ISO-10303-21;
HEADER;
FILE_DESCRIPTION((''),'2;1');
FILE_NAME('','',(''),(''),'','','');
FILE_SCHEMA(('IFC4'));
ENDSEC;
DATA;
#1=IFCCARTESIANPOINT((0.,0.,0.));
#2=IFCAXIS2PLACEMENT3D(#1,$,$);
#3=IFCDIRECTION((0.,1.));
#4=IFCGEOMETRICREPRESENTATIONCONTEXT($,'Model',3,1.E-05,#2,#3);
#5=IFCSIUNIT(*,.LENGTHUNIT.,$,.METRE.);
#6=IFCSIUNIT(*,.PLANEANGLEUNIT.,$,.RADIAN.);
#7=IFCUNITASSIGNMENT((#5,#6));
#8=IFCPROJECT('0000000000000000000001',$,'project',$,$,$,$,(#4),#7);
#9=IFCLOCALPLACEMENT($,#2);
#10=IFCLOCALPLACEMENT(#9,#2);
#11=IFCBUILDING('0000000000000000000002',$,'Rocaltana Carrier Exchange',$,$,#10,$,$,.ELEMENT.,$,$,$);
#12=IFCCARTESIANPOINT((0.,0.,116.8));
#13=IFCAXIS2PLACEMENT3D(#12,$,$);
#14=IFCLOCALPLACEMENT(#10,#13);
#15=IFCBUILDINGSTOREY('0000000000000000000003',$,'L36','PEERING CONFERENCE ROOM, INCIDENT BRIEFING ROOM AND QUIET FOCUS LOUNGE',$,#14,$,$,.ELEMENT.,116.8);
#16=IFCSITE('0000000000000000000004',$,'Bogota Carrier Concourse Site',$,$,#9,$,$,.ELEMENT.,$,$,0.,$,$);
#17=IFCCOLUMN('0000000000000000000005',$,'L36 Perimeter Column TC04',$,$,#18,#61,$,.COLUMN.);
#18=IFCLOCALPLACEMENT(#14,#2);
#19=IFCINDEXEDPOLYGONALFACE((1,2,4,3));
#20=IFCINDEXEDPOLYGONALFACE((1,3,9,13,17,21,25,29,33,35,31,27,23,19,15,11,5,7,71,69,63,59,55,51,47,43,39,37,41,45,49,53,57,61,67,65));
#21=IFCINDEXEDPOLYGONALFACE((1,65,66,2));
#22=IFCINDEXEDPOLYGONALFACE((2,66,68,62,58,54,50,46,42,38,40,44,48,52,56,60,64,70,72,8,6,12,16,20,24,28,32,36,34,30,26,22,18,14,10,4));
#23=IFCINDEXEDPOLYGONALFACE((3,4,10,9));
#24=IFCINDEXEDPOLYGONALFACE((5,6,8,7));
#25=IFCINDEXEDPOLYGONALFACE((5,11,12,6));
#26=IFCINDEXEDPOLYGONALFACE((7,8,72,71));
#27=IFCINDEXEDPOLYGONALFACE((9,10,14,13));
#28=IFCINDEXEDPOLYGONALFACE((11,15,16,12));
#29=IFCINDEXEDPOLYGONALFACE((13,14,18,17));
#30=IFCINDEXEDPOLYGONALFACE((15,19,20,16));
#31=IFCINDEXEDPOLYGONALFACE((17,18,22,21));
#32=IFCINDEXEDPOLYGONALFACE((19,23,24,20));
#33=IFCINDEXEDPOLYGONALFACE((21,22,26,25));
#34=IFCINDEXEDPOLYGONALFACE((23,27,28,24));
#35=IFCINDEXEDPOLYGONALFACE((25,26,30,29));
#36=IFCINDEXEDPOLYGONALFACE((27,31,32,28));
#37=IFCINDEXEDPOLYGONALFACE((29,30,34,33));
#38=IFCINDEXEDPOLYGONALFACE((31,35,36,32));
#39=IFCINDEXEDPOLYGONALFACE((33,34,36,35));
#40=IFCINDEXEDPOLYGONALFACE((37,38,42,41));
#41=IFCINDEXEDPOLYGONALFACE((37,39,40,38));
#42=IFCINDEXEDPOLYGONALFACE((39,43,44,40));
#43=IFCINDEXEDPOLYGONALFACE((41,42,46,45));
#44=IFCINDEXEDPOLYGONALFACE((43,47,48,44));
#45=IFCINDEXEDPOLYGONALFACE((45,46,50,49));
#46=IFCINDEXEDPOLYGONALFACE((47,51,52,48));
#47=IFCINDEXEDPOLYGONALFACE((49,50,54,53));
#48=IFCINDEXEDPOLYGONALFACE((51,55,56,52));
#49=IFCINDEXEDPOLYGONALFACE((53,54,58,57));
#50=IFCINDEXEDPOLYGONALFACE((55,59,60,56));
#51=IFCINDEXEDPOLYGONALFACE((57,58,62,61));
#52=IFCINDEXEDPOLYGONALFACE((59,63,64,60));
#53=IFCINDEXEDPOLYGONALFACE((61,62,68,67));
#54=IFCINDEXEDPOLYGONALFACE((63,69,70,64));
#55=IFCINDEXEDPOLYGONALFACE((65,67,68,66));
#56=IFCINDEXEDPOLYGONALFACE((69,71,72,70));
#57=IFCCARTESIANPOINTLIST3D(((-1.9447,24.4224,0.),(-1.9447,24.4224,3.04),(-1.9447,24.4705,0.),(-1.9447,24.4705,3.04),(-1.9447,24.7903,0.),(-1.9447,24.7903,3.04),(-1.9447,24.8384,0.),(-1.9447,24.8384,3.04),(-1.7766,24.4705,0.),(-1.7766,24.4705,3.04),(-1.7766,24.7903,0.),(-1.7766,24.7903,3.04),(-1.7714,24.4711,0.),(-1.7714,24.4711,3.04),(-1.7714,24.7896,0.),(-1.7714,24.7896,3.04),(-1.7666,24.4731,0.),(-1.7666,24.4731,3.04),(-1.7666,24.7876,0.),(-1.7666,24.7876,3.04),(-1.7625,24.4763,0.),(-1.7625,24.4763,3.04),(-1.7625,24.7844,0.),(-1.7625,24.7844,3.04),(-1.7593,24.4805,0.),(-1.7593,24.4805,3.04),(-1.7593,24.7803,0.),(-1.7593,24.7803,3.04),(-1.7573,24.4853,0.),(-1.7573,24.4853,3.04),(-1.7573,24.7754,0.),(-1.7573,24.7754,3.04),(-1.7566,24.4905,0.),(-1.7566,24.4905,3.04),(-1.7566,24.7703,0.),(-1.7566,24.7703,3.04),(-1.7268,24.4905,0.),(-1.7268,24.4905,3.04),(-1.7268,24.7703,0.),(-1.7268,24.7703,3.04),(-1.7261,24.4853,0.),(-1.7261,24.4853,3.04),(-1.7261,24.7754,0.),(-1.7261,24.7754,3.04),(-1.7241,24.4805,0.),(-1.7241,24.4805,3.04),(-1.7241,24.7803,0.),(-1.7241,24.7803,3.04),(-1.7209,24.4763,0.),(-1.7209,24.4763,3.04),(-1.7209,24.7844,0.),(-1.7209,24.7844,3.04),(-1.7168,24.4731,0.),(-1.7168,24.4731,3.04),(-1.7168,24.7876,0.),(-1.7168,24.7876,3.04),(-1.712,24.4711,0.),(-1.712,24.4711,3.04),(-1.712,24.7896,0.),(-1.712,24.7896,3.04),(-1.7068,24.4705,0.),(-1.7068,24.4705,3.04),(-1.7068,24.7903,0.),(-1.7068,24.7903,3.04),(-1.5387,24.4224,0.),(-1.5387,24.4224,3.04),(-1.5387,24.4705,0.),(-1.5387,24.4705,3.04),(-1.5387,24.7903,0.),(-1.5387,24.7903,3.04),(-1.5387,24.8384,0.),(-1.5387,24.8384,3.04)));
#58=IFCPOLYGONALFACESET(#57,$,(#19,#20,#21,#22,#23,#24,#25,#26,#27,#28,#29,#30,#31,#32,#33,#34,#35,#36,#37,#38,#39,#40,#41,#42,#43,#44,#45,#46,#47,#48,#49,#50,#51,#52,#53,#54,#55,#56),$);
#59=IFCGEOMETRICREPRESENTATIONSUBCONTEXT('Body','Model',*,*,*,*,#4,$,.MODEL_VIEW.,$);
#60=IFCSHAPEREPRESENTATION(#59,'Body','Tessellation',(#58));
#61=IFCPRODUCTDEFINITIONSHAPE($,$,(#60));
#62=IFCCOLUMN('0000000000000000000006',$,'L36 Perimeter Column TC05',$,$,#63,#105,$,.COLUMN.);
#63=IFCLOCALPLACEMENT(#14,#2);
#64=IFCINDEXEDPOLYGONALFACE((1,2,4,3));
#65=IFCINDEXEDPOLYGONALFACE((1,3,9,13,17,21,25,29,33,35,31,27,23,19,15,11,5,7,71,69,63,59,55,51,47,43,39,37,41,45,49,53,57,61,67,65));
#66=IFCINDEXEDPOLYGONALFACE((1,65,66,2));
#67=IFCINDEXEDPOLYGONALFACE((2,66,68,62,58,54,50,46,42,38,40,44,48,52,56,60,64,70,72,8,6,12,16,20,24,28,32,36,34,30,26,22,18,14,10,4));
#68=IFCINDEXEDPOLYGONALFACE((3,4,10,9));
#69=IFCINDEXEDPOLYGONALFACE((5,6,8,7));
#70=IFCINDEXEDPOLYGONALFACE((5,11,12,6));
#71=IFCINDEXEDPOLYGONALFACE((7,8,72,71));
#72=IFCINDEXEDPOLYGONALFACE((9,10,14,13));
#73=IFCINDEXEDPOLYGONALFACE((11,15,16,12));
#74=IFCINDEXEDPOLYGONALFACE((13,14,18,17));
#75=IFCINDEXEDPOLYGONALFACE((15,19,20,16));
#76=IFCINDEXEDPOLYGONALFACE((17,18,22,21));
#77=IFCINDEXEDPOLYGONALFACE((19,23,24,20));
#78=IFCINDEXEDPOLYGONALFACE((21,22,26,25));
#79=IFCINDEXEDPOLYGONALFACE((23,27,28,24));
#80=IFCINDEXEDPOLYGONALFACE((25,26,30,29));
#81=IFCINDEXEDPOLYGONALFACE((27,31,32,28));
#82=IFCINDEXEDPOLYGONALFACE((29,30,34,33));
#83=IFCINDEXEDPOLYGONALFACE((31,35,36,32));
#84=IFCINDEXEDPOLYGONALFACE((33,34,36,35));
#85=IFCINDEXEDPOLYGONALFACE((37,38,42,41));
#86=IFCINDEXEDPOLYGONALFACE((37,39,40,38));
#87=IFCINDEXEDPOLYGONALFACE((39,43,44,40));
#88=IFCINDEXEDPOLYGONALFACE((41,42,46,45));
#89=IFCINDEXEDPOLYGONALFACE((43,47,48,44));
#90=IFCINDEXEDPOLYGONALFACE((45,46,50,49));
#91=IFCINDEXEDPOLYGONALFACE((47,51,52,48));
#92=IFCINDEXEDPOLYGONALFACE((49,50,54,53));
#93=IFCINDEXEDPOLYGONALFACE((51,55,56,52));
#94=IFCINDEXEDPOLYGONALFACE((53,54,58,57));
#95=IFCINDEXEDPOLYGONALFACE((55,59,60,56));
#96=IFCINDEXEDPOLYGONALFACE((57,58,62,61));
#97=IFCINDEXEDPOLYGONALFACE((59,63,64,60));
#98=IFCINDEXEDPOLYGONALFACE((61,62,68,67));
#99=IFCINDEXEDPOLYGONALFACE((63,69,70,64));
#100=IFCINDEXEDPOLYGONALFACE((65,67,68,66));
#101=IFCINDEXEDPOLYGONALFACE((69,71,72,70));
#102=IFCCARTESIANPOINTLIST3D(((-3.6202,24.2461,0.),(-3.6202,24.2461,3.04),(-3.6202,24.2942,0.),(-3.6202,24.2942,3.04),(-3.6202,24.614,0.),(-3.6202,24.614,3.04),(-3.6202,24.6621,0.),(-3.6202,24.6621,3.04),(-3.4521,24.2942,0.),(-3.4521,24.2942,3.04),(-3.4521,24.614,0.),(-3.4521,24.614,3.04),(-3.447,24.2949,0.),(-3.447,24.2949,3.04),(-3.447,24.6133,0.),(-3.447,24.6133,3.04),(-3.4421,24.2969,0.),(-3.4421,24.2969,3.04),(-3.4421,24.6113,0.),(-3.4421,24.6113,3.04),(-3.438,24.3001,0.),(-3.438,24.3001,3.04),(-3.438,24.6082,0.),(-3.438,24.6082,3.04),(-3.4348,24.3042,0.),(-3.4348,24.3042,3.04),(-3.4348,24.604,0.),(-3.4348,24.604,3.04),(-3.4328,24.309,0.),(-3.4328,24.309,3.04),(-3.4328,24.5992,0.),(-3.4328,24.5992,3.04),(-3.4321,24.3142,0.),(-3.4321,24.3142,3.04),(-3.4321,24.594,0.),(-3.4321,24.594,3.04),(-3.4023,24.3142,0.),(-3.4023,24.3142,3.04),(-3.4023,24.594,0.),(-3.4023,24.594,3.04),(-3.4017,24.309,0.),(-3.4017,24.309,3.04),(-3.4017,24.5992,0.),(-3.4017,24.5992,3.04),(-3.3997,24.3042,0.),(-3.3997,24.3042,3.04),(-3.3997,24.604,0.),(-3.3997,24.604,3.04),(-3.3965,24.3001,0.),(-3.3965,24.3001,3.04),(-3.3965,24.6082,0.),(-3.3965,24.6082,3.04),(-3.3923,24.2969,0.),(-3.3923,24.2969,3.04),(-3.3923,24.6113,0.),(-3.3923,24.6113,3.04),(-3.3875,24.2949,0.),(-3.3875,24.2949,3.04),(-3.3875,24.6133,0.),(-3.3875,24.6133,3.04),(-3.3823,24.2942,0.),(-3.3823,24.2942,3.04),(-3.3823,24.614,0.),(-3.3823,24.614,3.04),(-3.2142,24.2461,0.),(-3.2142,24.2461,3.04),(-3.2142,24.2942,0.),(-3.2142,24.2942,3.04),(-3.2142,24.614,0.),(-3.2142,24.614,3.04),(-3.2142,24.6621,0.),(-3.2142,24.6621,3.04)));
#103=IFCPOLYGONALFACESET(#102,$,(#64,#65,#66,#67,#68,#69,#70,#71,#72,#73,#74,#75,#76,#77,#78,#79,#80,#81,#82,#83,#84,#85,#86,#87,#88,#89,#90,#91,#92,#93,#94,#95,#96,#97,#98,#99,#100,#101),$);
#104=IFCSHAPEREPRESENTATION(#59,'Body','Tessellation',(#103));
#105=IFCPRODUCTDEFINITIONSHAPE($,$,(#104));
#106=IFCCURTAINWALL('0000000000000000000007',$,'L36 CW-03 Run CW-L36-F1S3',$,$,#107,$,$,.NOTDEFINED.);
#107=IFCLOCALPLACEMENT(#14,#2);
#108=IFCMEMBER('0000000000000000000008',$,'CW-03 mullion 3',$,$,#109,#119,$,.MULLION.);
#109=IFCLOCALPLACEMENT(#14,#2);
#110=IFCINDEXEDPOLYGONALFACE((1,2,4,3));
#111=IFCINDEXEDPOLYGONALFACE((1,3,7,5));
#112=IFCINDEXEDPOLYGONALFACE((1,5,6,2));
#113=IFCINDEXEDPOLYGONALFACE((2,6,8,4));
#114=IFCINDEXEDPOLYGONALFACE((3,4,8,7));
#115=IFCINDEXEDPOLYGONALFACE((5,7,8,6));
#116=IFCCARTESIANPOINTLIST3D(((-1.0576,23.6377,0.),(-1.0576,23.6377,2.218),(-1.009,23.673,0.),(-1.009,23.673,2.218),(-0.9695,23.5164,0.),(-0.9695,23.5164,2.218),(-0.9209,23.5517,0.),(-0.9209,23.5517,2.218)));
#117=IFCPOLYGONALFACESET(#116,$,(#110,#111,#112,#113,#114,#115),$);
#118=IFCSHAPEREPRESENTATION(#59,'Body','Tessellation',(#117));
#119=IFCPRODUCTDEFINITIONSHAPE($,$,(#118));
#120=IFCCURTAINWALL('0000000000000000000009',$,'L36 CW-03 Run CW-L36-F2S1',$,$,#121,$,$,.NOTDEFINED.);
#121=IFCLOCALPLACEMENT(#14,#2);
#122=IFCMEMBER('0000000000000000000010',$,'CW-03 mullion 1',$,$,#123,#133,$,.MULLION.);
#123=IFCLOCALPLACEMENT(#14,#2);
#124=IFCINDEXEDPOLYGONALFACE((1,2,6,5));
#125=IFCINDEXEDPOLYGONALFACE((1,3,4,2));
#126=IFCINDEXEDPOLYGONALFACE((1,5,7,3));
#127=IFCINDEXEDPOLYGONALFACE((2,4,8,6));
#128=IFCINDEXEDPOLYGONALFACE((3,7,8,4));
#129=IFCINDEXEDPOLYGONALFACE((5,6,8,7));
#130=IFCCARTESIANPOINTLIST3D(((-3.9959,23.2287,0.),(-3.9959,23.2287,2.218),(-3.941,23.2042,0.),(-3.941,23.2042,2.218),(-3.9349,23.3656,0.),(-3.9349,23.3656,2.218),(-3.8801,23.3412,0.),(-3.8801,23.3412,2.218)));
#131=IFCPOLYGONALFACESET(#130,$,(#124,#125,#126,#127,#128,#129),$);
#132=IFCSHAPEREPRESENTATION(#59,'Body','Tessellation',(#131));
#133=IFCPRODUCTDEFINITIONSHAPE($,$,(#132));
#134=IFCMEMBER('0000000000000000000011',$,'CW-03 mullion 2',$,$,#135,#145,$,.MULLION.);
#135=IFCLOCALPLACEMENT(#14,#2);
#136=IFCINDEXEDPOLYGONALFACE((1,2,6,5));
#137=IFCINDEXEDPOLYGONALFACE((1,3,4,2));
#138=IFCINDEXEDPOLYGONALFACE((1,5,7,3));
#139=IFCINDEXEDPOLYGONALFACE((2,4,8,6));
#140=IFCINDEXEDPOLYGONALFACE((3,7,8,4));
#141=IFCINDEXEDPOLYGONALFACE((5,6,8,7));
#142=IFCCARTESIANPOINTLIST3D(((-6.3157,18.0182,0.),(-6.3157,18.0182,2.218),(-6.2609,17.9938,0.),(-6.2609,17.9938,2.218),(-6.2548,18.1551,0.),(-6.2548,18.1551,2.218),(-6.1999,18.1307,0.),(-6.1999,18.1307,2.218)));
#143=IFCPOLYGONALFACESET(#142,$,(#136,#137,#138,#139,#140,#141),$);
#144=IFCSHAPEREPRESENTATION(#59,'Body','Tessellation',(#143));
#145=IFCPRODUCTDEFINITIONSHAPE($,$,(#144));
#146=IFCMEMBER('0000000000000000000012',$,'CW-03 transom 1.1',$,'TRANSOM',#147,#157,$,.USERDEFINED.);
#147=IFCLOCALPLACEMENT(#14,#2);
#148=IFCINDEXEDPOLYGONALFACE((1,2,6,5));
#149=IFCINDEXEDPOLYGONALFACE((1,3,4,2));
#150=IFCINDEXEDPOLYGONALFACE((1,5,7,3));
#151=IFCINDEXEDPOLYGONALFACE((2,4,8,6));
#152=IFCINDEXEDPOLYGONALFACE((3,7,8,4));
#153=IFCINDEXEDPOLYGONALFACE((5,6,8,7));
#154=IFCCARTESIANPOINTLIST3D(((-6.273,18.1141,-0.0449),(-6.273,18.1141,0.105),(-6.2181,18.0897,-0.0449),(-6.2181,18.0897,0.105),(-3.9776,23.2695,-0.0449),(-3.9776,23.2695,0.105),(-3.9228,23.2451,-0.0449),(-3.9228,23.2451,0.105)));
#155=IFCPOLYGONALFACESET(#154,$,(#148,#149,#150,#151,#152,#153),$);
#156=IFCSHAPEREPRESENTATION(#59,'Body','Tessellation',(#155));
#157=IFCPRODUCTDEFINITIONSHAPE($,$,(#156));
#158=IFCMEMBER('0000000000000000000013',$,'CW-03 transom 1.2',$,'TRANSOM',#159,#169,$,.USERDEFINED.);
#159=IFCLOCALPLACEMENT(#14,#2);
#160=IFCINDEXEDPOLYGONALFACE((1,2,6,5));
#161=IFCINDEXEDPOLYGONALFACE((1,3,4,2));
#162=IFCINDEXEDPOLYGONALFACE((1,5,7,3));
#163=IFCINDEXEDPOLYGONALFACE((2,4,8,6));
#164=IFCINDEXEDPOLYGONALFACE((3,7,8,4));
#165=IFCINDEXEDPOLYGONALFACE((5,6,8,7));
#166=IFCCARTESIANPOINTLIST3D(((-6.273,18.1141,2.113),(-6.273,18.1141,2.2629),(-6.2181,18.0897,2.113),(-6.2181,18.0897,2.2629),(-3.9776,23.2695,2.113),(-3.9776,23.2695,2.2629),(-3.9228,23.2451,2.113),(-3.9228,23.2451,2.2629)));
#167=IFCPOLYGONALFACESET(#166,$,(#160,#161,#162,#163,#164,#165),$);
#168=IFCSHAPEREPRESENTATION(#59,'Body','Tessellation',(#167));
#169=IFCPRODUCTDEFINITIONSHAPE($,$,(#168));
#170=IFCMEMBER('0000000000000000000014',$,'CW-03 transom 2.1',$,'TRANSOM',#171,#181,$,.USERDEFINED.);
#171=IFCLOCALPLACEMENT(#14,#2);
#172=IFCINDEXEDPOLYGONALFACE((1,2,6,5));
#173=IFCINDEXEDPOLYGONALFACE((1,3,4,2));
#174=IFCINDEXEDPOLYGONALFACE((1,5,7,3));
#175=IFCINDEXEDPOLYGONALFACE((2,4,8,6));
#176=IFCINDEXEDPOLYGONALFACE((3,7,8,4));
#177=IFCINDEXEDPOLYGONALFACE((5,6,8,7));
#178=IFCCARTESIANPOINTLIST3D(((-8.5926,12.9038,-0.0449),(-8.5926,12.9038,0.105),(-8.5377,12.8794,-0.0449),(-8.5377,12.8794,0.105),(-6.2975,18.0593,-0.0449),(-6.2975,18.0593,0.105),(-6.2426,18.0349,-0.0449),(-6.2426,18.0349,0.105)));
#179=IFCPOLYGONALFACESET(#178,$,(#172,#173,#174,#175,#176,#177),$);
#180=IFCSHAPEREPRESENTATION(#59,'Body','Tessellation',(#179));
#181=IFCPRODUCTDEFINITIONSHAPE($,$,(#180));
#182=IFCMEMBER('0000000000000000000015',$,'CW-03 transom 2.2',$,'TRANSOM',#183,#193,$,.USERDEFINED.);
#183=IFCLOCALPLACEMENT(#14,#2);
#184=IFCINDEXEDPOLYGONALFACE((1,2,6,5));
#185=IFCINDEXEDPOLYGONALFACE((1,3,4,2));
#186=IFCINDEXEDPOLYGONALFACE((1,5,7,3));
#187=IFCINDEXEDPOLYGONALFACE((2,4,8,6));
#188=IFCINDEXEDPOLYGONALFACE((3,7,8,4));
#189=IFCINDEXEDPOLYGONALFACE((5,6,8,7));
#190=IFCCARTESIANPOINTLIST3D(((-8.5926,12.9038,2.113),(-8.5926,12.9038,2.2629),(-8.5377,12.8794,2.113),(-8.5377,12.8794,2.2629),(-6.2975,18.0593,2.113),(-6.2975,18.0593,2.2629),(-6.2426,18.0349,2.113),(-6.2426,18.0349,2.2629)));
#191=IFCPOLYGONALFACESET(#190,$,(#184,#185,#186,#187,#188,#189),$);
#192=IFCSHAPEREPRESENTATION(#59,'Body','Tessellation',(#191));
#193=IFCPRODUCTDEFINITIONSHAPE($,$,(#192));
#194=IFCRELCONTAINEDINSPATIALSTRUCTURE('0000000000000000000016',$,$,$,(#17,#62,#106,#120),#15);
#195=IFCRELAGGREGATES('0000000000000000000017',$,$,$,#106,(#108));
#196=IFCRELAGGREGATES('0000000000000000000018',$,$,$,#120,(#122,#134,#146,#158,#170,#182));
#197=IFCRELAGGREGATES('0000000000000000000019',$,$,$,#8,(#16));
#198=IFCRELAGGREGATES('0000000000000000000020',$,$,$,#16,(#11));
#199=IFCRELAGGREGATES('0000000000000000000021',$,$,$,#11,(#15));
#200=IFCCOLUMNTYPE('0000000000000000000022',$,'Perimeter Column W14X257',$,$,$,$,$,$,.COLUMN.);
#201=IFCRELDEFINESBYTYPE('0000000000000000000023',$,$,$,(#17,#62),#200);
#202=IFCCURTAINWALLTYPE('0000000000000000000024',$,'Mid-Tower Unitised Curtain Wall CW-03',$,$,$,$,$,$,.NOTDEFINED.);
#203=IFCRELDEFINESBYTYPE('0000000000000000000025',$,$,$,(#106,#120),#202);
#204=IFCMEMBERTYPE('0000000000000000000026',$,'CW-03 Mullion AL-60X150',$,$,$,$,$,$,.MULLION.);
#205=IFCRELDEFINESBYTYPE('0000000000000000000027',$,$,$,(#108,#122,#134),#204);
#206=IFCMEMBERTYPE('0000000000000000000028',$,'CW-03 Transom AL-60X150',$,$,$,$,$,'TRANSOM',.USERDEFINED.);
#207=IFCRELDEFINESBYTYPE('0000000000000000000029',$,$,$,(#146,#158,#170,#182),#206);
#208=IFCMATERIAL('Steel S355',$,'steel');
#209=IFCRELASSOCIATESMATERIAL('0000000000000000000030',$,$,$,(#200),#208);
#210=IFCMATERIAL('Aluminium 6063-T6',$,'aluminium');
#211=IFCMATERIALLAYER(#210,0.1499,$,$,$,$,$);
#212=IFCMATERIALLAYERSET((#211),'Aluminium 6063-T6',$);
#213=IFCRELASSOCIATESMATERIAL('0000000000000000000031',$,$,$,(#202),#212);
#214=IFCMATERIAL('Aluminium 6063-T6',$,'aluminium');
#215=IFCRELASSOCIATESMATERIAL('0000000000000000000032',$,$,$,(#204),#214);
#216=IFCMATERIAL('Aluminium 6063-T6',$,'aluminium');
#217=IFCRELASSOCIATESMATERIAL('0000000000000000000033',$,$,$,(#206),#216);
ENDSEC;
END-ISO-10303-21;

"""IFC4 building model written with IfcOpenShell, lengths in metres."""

from ifc_helpers import new_model, si_unit, direction, frame, origin, origin_2d, place, context, subcontext, project, spatial, rectangle, i_section, extrude, material, layer, layer_set, material_profile, profile_set, type_object, element, aggregate, save


model = new_model("IFC4")

# Units and contexts
model_context = context("Model", 3, precision=1e-05, world=origin(), true_north=direction((0.0, 1.0)))
body_context = subcontext(model_context, "Body", "Model", "MODEL_VIEW")
ifc_project = project(units=[si_unit("LENGTHUNIT", "METRE"), si_unit("PLANEANGLEUNIT", "RADIAN")], contexts=[model_context])

# Site, building, storey
site_placement = place(None, origin())
site = spatial("IfcSite", under=ifc_project, at=site_placement, Name="Bogota Carrier Concourse Site", CompositionType="ELEMENT", RefElevation=0.0)
building_placement = place(site_placement, origin())
building = spatial("IfcBuilding", under=site, at=building_placement, Name="Rocaltana Carrier Exchange", CompositionType="ELEMENT")
storey_placement = place(building_placement, frame((0.0, 0.0, 116.8)))
storey = spatial("IfcBuildingStorey", under=building, at=storey_placement, Name="L36", Description="PEERING CONFERENCE ROOM, INCIDENT BRIEFING ROOM AND QUIET FOCUS LOUNGE", CompositionType="ELEMENT", Elevation=116.8)

# Columns
ifc_material_1 = material(Name="Steel S355", Category="steel")
ifc_material_profile_1 = material_profile(ifc_material_1, i_section(OverallWidth=0.406, OverallDepth=0.416, WebThickness=0.0298, FlangeThickness=0.0481, FilletRadius=0.02, at=origin_2d()), Name="W14X257")
ifc_profile_set_1 = profile_set([ifc_material_profile_1], Name="Steel S355")
column_type = type_object("IfcColumnType", Name="Perimeter Column W14X257", PredefinedType="COLUMN", material=ifc_profile_set_1)
for number, where, z_axis, x_axis, name in (
    (1, (-1.7417, 24.6304, 0.0), (0.0, 0.0, 1.0), (1.0, 0.0, 0.0), "L36 Perimeter Column TC04"),
    (2, (-3.4172, 24.4541, 0.0), (0.0, 0.0, 1.0), (1.0, 0.0, 0.0), "L36 Perimeter Column TC05"),
):
    element("IfcColumn", number, at=place(storey_placement, frame(where, z_axis=z_axis, x_axis=x_axis)), inside=storey, type_object=column_type, Name=name, PredefinedType="COLUMN", context=body_context, shape_type="SweptSolid", body=[
        extrude(i_section(OverallWidth=0.406, OverallDepth=0.416, WebThickness=0.0298, FlangeThickness=0.0481, FilletRadius=0.02, at=origin_2d()), origin(), (0.0, 0.0, 1.0), 3.04),
    ])

# Curtain wall, member
ifc_material_2 = material(Name="Aluminium 6063-T6", Category="aluminium")
ifc_layer_1 = layer(ifc_material_2, 0.1499)
ifc_layer_set_1 = layer_set([ifc_layer_1], Name="Aluminium 6063-T6")
curtain_wall_type = type_object("IfcCurtainWallType", Name="Mid-Tower Unitised Curtain Wall CW-03", PredefinedType="NOTDEFINED", material=ifc_layer_set_1)
curtain_wall_1_placement = place(storey_placement, origin())
curtain_wall_1 = element("IfcCurtainWall", 3, at=curtain_wall_1_placement, inside=storey, type_object=curtain_wall_type, Name="L36 CW-03 Run CW-L36-F1S3", PredefinedType="NOTDEFINED")
ifc_material_3 = material(Name="Aluminium 6063-T6", Category="aluminium")
ifc_material_profile_2 = material_profile(ifc_material_3, rectangle(XDim=0.0601, YDim=0.1499, at=origin_2d()), Name="AL-60X150")
ifc_profile_set_2 = profile_set([ifc_material_profile_2], Name="Aluminium 6063-T6")
member_type_1 = type_object("IfcMemberType", Name="CW-03 Mullion AL-60X150", PredefinedType="MULLION", material=ifc_profile_set_2)
member_1_placement = place(storey_placement, frame((-0.9893, 23.5947, 0.0), z_axis=(0.0, 0.0, 1.0), x_axis=(-0.809014, -0.58779, 0.0)))
member_1 = element("IfcMember", 4, at=member_1_placement, type_object=member_type_1, Name="CW-03 mullion 3", PredefinedType="MULLION", context=body_context, shape_type="SweptSolid", body=[
    extrude(rectangle(XDim=0.0601, YDim=0.1499, at=origin_2d()), origin(), (0.0, 0.0, 1.0), 2.218),
])
aggregate(curtain_wall_1, [member_1])

# Curtain wall, members
curtain_wall_2_placement = place(storey_placement, origin())
curtain_wall_2 = element("IfcCurtainWall", 5, at=curtain_wall_2_placement, inside=storey, type_object=curtain_wall_type, Name="L36 CW-03 Run CW-L36-F2S1", PredefinedType="NOTDEFINED")
member_2_placement = place(storey_placement, frame((-3.938, 23.2849, 0.0), z_axis=(0.0, 0.0, 1.0), x_axis=(0.913544, -0.40674, 0.0)))
member_2 = element("IfcMember", 6, at=member_2_placement, type_object=member_type_1, Name="CW-03 mullion 1", PredefinedType="MULLION", context=body_context, shape_type="SweptSolid", body=[
    extrude(rectangle(XDim=0.0601, YDim=0.1499, at=origin_2d()), origin(), (0.0, 0.0, 1.0), 2.218),
])
member_3_placement = place(storey_placement, frame((-6.2578, 18.0745, 0.0), z_axis=(0.0, 0.0, 1.0), x_axis=(0.913544, -0.40674, 0.0)))
member_3 = element("IfcMember", 7, at=member_3_placement, type_object=member_type_1, Name="CW-03 mullion 2", PredefinedType="MULLION", context=body_context, shape_type="SweptSolid", body=[
    extrude(rectangle(XDim=0.0601, YDim=0.1499, at=origin_2d()), origin(), (0.0, 0.0, 1.0), 2.218),
])
ifc_material_4 = material(Name="Aluminium 6063-T6", Category="aluminium")
ifc_material_profile_3 = material_profile(ifc_material_4, rectangle(XDim=0.0601, YDim=0.1499, at=origin_2d()), Name="AL-60X150")
ifc_profile_set_3 = profile_set([ifc_material_profile_3], Name="Aluminium 6063-T6")
member_type_2 = type_object("IfcMemberType", Name="CW-03 Transom AL-60X150", ElementType="TRANSOM", PredefinedType="USERDEFINED", material=ifc_profile_set_3)
member_4_placement = place(storey_placement, frame((-3.9502, 23.2573, 0.03), z_axis=(-0.40674, -0.913544, 0.0), x_axis=(0.913544, -0.40674, 0.0)))
member_4 = element("IfcMember", 8, at=member_4_placement, type_object=member_type_2, Name="CW-03 transom 1.1", ObjectType="TRANSOM", PredefinedType="USERDEFINED", context=body_context, shape_type="SweptSolid", body=[
    extrude(rectangle(XDim=0.0601, YDim=0.1499, at=origin_2d()), origin(), (0.0, 0.0, 1.0), 5.6433),
])
member_5_placement = place(storey_placement, frame((-3.9502, 23.2573, 2.188), z_axis=(-0.40674, -0.913544, 0.0), x_axis=(0.913544, -0.40674, 0.0)))
member_5 = element("IfcMember", 9, at=member_5_placement, type_object=member_type_2, Name="CW-03 transom 1.2", ObjectType="TRANSOM", PredefinedType="USERDEFINED", context=body_context, shape_type="SweptSolid", body=[
    extrude(rectangle(XDim=0.0601, YDim=0.1499, at=origin_2d()), origin(), (0.0, 0.0, 1.0), 5.6433),
])
member_6_placement = place(storey_placement, frame((-6.27, 18.0471, 0.03), z_axis=(-0.406704, -0.91356, 0.0), x_axis=(0.91356, -0.406704, 0.0)))
member_6 = element("IfcMember", 10, at=member_6_placement, type_object=member_type_2, Name="CW-03 transom 2.1", ObjectType="TRANSOM", PredefinedType="USERDEFINED", context=body_context, shape_type="SweptSolid", body=[
    extrude(rectangle(XDim=0.0601, YDim=0.1499, at=origin_2d()), origin(), (0.0, 0.0, 1.0), 5.6433),
])
member_7_placement = place(storey_placement, frame((-6.27, 18.0471, 2.188), z_axis=(-0.406704, -0.91356, 0.0), x_axis=(0.91356, -0.406704, 0.0)))
member_7 = element("IfcMember", 11, at=member_7_placement, type_object=member_type_2, Name="CW-03 transom 2.2", ObjectType="TRANSOM", PredefinedType="USERDEFINED", context=body_context, shape_type="SweptSolid", body=[
    extrude(rectangle(XDim=0.0601, YDim=0.1499, at=origin_2d()), origin(), (0.0, 0.0, 1.0), 5.6433),
])

aggregate(curtain_wall_2, [member_2, member_3, member_4, member_5, member_6, member_7])

save(model, "model.ifc")
